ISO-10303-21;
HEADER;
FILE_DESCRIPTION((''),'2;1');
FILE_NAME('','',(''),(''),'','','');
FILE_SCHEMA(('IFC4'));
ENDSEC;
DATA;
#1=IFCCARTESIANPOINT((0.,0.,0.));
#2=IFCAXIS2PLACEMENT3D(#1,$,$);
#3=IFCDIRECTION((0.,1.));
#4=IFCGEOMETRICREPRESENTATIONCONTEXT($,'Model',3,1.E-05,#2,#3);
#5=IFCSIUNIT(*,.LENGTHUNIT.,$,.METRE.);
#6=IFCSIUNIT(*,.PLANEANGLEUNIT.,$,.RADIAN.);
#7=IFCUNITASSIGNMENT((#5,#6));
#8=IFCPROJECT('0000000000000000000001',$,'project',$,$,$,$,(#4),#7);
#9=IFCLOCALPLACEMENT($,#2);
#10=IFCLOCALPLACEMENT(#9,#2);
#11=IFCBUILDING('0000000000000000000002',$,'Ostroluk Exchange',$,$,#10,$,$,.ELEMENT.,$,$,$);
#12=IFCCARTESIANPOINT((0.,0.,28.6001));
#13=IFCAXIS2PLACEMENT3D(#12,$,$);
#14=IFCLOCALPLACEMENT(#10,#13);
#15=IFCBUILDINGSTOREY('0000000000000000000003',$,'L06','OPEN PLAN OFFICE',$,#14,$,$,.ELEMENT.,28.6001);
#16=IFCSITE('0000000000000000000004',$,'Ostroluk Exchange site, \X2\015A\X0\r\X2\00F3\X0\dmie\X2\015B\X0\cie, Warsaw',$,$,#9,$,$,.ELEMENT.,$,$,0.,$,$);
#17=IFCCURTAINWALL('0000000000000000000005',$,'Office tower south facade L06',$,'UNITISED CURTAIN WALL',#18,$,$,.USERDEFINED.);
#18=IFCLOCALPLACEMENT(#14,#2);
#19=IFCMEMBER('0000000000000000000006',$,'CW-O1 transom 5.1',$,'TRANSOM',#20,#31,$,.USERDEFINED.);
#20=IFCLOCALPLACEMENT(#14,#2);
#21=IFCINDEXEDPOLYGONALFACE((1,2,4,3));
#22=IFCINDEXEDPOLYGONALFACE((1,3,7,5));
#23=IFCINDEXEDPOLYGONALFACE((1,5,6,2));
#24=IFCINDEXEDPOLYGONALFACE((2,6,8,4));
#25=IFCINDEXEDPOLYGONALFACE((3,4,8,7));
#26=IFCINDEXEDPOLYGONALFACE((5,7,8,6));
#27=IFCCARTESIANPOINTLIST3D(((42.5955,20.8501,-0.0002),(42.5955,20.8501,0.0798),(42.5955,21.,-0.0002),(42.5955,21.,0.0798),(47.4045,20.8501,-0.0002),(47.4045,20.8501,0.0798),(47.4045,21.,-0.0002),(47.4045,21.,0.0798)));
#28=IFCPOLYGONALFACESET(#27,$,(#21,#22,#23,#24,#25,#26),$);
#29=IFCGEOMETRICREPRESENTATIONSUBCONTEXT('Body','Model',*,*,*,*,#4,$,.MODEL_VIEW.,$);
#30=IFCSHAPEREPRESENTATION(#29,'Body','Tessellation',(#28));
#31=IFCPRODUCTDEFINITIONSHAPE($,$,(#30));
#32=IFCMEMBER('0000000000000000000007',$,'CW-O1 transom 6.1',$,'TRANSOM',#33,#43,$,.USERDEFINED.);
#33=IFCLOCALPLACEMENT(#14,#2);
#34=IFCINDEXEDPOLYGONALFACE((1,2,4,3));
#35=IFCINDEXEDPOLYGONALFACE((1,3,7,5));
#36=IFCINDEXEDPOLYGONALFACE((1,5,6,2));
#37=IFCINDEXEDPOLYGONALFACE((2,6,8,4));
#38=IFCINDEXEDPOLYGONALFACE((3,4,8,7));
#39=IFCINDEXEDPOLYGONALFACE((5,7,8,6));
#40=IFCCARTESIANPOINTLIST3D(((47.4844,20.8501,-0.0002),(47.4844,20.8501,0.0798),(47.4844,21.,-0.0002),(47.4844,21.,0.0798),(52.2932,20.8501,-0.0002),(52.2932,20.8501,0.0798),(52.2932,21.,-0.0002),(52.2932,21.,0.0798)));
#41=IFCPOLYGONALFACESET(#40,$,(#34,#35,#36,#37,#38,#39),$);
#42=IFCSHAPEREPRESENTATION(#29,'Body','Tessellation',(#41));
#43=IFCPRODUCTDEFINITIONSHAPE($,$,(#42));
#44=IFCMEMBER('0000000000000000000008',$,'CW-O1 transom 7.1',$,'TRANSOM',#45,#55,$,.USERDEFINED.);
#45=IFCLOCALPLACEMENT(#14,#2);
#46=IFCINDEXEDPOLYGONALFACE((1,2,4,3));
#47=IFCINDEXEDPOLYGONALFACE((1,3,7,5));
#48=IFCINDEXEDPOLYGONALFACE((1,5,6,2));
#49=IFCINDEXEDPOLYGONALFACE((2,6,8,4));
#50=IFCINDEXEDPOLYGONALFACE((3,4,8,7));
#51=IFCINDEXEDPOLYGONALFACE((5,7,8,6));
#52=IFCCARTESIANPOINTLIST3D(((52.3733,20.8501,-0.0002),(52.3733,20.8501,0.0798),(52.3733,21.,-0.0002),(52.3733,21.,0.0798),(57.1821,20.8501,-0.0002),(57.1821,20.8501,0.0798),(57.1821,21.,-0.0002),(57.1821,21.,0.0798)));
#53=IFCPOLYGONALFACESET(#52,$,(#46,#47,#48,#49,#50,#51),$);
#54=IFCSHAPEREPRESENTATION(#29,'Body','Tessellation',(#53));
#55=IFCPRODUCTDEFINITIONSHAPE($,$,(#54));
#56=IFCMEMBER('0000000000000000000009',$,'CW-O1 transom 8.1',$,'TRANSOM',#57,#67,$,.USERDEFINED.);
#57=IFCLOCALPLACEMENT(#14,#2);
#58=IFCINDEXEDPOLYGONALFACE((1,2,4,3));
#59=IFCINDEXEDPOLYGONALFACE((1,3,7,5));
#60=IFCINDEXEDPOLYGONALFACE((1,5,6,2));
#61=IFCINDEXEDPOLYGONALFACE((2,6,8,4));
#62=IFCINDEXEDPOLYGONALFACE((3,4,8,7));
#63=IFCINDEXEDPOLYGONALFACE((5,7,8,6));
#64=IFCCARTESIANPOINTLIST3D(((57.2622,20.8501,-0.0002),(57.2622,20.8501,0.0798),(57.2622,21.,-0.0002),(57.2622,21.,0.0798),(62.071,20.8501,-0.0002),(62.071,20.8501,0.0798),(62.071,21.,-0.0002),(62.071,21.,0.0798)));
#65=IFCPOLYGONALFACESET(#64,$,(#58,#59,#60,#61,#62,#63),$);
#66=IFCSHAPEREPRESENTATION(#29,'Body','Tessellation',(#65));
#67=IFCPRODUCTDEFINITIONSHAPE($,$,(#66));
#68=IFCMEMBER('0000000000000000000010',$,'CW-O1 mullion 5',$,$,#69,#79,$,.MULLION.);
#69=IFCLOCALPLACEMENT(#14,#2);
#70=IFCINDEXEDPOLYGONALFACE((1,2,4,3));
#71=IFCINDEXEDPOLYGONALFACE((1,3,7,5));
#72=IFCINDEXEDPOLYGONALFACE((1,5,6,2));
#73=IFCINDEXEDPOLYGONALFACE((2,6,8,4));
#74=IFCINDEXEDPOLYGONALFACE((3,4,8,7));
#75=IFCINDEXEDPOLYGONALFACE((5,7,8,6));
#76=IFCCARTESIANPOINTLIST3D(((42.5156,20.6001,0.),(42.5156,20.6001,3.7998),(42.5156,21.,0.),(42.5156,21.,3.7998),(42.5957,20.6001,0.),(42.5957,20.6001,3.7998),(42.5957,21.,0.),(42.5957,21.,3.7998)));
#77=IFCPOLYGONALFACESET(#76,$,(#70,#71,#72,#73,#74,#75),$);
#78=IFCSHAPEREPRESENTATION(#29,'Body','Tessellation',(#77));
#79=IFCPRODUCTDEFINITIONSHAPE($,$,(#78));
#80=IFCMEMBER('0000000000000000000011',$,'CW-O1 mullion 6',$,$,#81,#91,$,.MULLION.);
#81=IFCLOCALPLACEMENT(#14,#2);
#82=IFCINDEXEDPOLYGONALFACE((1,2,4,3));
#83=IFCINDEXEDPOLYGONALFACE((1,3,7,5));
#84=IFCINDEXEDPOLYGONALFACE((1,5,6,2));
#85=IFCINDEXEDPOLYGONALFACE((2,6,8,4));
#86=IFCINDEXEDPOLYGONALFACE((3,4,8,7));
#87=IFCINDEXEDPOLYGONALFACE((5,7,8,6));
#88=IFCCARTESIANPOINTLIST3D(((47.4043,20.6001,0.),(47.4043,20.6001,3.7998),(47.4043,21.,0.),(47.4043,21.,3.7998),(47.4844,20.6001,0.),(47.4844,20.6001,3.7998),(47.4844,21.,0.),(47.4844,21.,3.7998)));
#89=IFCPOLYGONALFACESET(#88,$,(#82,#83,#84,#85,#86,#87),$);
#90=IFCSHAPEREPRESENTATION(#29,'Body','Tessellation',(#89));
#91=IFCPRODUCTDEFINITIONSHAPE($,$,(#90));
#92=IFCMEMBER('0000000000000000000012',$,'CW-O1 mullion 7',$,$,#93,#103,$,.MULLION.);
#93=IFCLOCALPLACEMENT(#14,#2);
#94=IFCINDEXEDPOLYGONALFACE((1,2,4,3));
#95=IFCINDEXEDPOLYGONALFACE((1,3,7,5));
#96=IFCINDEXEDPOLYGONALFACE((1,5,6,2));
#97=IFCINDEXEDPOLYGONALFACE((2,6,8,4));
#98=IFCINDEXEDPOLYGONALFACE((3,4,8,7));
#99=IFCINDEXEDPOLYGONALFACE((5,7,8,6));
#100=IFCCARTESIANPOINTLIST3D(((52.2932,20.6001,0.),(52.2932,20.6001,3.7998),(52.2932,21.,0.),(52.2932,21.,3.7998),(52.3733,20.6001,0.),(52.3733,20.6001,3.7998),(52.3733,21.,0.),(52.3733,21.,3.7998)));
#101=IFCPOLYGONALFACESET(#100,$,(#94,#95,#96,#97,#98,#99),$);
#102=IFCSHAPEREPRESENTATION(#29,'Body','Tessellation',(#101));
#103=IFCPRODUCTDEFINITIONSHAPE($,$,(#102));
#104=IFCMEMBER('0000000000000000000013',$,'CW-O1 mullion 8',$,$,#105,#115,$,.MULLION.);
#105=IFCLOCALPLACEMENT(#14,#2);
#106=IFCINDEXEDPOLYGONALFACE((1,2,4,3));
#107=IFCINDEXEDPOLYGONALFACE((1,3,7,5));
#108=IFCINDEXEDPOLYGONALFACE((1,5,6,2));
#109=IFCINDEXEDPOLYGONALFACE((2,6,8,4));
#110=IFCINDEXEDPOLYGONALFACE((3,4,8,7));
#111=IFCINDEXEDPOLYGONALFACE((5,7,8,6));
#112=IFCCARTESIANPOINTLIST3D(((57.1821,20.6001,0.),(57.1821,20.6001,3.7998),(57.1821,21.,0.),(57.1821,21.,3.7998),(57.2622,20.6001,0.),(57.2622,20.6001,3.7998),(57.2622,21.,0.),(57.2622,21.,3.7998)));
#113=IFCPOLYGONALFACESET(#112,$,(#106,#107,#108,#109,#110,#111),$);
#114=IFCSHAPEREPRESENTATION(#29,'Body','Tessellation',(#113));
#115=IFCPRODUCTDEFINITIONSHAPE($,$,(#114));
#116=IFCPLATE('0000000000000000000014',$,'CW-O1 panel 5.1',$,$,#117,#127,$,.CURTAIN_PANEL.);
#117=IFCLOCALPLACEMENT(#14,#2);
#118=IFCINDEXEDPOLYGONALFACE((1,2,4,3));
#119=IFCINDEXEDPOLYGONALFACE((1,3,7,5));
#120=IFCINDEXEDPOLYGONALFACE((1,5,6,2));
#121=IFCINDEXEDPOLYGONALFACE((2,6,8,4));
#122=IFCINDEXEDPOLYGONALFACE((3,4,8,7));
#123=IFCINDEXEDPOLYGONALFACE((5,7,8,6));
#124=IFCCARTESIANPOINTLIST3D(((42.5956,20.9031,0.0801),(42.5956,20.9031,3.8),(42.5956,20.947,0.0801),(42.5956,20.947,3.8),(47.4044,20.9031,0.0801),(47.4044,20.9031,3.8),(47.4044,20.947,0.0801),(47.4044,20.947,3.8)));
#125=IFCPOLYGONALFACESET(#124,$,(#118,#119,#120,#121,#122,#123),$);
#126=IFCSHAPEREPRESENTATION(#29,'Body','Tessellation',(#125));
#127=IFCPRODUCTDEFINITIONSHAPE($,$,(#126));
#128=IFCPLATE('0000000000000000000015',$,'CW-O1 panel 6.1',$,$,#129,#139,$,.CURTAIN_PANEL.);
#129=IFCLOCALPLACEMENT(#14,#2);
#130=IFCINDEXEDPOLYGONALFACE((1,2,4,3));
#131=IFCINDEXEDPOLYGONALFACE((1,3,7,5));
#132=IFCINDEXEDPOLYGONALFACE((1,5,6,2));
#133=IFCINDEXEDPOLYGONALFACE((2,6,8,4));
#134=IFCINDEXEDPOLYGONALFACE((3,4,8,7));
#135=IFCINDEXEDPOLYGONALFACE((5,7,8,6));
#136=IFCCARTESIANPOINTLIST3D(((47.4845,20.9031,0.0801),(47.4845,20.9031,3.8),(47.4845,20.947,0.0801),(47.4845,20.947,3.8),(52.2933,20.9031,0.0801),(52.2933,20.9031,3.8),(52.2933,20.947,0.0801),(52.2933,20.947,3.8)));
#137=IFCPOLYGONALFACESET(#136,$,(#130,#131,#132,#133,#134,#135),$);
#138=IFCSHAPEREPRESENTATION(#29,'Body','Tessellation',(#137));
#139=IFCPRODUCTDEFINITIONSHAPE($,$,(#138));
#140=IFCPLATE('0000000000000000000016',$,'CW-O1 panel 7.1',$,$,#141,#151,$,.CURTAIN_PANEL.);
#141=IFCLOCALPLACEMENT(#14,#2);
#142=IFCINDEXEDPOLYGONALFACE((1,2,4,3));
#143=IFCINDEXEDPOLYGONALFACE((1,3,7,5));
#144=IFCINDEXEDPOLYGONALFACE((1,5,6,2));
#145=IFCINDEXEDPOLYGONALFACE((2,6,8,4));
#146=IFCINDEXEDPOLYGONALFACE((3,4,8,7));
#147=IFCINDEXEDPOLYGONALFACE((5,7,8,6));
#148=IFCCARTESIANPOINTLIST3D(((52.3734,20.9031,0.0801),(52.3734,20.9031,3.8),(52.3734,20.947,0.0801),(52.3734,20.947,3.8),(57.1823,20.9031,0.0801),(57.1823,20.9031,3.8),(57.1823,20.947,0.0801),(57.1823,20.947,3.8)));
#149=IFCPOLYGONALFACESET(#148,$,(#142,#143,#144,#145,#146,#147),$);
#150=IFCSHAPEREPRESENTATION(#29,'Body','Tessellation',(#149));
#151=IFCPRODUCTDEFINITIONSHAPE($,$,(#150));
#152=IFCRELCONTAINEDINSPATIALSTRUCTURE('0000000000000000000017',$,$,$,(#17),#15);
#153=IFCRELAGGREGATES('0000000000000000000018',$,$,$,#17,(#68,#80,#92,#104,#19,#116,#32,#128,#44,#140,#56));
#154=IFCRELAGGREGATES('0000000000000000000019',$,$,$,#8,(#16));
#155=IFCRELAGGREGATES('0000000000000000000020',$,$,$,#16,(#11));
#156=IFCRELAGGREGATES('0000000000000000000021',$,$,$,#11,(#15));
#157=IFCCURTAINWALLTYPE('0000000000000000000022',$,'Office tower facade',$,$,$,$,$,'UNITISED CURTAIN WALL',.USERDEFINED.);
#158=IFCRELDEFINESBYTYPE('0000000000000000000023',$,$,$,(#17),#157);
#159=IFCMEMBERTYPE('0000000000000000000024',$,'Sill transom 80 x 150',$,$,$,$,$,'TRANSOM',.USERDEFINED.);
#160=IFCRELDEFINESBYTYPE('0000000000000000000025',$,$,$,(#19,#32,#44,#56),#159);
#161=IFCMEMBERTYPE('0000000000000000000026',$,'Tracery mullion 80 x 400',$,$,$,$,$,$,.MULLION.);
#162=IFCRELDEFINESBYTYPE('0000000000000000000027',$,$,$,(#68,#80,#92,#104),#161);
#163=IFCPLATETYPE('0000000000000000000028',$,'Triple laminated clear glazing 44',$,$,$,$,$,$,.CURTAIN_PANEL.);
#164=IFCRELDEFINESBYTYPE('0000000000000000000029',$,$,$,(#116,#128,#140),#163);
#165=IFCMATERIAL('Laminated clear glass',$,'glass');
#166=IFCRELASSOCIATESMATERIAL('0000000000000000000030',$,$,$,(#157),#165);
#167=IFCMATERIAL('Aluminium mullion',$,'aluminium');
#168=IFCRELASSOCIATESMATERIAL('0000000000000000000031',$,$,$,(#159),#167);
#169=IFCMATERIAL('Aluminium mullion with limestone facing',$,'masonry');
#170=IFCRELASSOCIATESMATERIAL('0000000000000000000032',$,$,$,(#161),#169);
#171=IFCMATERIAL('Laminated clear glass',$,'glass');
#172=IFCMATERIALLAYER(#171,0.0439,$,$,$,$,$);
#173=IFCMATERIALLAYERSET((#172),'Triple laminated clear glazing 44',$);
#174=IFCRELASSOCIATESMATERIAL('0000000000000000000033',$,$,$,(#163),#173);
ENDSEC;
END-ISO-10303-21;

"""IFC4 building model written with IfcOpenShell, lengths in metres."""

from ifc_helpers import new_model, si_unit, direction, frame, origin, origin_2d, place, context, subcontext, project, spatial, rectangle, extrude, material, layer, layer_set, material_profile, profile_set, type_object, element, aggregate, save


model = new_model("IFC4")

# Units and contexts
model_context = context("Model", 3, precision=1e-05, world=origin(), true_north=direction((0.0, 1.0)))
body_context = subcontext(model_context, "Body", "Model", "MODEL_VIEW")
ifc_project = project(units=[si_unit("LENGTHUNIT", "METRE"), si_unit("PLANEANGLEUNIT", "RADIAN")], contexts=[model_context])

# Site, building, storey
site_placement = place(None, origin())
site = spatial("IfcSite", under=ifc_project, at=site_placement, Name="Ostroluk Exchange site, Śródmieście, Warsaw", CompositionType="ELEMENT", RefElevation=0.0)
building_placement = place(site_placement, origin())
building = spatial("IfcBuilding", under=site, at=building_placement, Name="Ostroluk Exchange", CompositionType="ELEMENT")
storey_placement = place(building_placement, frame((0.0, 0.0, 28.6001)))
storey = spatial("IfcBuildingStorey", under=building, at=storey_placement, Name="L06", Description="OPEN PLAN OFFICE", CompositionType="ELEMENT", Elevation=28.6001)

# Curtain wall, members, plates
ifc_material_1 = material(Name="Laminated clear glass", Category="glass")
curtain_wall_type = type_object("IfcCurtainWallType", Name="Office tower facade", ElementType="UNITISED CURTAIN WALL", PredefinedType="USERDEFINED", material=ifc_material_1)
curtain_wall_placement = place(storey_placement, origin())
curtain_wall = element("IfcCurtainWall", 1, at=curtain_wall_placement, inside=storey, type_object=curtain_wall_type, Name="Office tower south facade L06", ObjectType="UNITISED CURTAIN WALL", PredefinedType="USERDEFINED")
ifc_material_2 = material(Name="Aluminium mullion", Category="aluminium")
ifc_material_profile_1 = material_profile(ifc_material_2, rectangle(XDim=0.1499, YDim=0.0801, at=origin_2d()), Name="Sill transom 80 x 150")
ifc_profile_set_1 = profile_set([ifc_material_profile_1], Name="Aluminium mullion")
member_type_1 = type_object("IfcMemberType", Name="Sill transom 80 x 150", ElementType="TRANSOM", PredefinedType="USERDEFINED", material=ifc_profile_set_1)
member_1_placement = place(storey_placement, frame((42.5955, 20.925, 0.0398), z_axis=(1.0, 0.0, 0.0), x_axis=(0.0, 1.0, 0.0)))
member_1 = element("IfcMember", 2, at=member_1_placement, type_object=member_type_1, Name="CW-O1 transom 5.1", ObjectType="TRANSOM", PredefinedType="USERDEFINED", context=body_context, shape_type="SweptSolid", body=[
    extrude(rectangle(XDim=0.1499, YDim=0.0801, at=origin_2d()), origin(), (0.0, 0.0, 1.0), 4.8091),
])
member_2_placement = place(storey_placement, frame((47.4844, 20.925, 0.0398), z_axis=(1.0, 0.0, 0.0), x_axis=(0.0, 1.0, 0.0)))
member_2 = element("IfcMember", 3, at=member_2_placement, type_object=member_type_1, Name="CW-O1 transom 6.1", ObjectType="TRANSOM", PredefinedType="USERDEFINED", context=body_context, shape_type="SweptSolid", body=[
    extrude(rectangle(XDim=0.1499, YDim=0.0801, at=origin_2d()), origin(), (0.0, 0.0, 1.0), 4.8088),
])
member_3_placement = place(storey_placement, frame((52.3733, 20.925, 0.0398), z_axis=(1.0, 0.0, 0.0), x_axis=(0.0, 1.0, 0.0)))
member_3 = element("IfcMember", 4, at=member_3_placement, type_object=member_type_1, Name="CW-O1 transom 7.1", ObjectType="TRANSOM", PredefinedType="USERDEFINED", context=body_context, shape_type="SweptSolid", body=[
    extrude(rectangle(XDim=0.1499, YDim=0.0801, at=origin_2d()), origin(), (0.0, 0.0, 1.0), 4.8088),
])
member_4_placement = place(storey_placement, frame((57.2622, 20.925, 0.0398), z_axis=(1.0, 0.0, 0.0), x_axis=(0.0, 1.0, 0.0)))
member_4 = element("IfcMember", 5, at=member_4_placement, type_object=member_type_1, Name="CW-O1 transom 8.1", ObjectType="TRANSOM", PredefinedType="USERDEFINED", context=body_context, shape_type="SweptSolid", body=[
    extrude(rectangle(XDim=0.1499, YDim=0.0801, at=origin_2d()), origin(), (0.0, 0.0, 1.0), 4.8088),
])
ifc_material_3 = material(Name="Aluminium mullion with limestone facing", Category="masonry")
ifc_material_profile_2 = material_profile(ifc_material_3, rectangle(XDim=0.3999, YDim=0.0801, at=origin_2d()), Name="Tracery mullion 80 x 400")
ifc_profile_set_2 = profile_set([ifc_material_profile_2], Name="Aluminium mullion with limestone facing")
member_type_2 = type_object("IfcMemberType", Name="Tracery mullion 80 x 400", PredefinedType="MULLION", material=ifc_profile_set_2)
member_5_placement = place(storey_placement, frame((42.5557, 20.8, 0.0), z_axis=(0.0, 0.0, 1.0), x_axis=(0.0, 1.0, 0.0)))
member_5 = element("IfcMember", 6, at=member_5_placement, type_object=member_type_2, Name="CW-O1 mullion 5", PredefinedType="MULLION", context=body_context, shape_type="SweptSolid", body=[
    extrude(rectangle(XDim=0.3999, YDim=0.0801, at=origin_2d()), origin(), (0.0, 0.0, 1.0), 3.7998),
])
member_6_placement = place(storey_placement, frame((47.4443, 20.8, 0.0), z_axis=(0.0, 0.0, 1.0), x_axis=(0.0, 1.0, 0.0)))
member_6 = element("IfcMember", 7, at=member_6_placement, type_object=member_type_2, Name="CW-O1 mullion 6", PredefinedType="MULLION", context=body_context, shape_type="SweptSolid", body=[
    extrude(rectangle(XDim=0.3999, YDim=0.0801, at=origin_2d()), origin(), (0.0, 0.0, 1.0), 3.7998),
])
member_7_placement = place(storey_placement, frame((52.3333, 20.8, 0.0), z_axis=(0.0, 0.0, 1.0), x_axis=(0.0, 1.0, 0.0)))
member_7 = element("IfcMember", 8, at=member_7_placement, type_object=member_type_2, Name="CW-O1 mullion 7", PredefinedType="MULLION", context=body_context, shape_type="SweptSolid", body=[
    extrude(rectangle(XDim=0.3999, YDim=0.0801, at=origin_2d()), origin(), (0.0, 0.0, 1.0), 3.7998),
])
member_8_placement = place(storey_placement, frame((57.2222, 20.8, 0.0), z_axis=(0.0, 0.0, 1.0), x_axis=(0.0, 1.0, 0.0)))
member_8 = element("IfcMember", 9, at=member_8_placement, type_object=member_type_2, Name="CW-O1 mullion 8", PredefinedType="MULLION", context=body_context, shape_type="SweptSolid", body=[
    extrude(rectangle(XDim=0.3999, YDim=0.0801, at=origin_2d()), origin(), (0.0, 0.0, 1.0), 3.7998),
])
ifc_material_4 = material(Name="Laminated clear glass", Category="glass")
ifc_layer = layer(ifc_material_4, 0.0439)
ifc_layer_set = layer_set([ifc_layer], Name="Triple laminated clear glazing 44")
plate_type = type_object("IfcPlateType", Name="Triple laminated clear glazing 44", PredefinedType="CURTAIN_PANEL", material=ifc_layer_set)
plate_1_placement = place(storey_placement, frame((45.0, 20.925, 0.0801), z_axis=(0.0, 0.0, 1.0), x_axis=(1.0, 0.0, 0.0)))
plate_1 = element("IfcPlate", 10, at=plate_1_placement, type_object=plate_type, Name="CW-O1 panel 5.1", PredefinedType="CURTAIN_PANEL", context=body_context, shape_type="SweptSolid", body=[
    extrude(rectangle(XDim=4.8088, YDim=0.0439, at=origin_2d()), origin(), (0.0, 0.0, 1.0), 3.72),
])
plate_2_placement = place(storey_placement, frame((49.8889, 20.925, 0.0801), z_axis=(0.0, 0.0, 1.0), x_axis=(1.0, 0.0, 0.0)))
plate_2 = element("IfcPlate", 11, at=plate_2_placement, type_object=plate_type, Name="CW-O1 panel 6.1", PredefinedType="CURTAIN_PANEL", context=body_context, shape_type="SweptSolid", body=[
    extrude(rectangle(XDim=4.8088, YDim=0.0439, at=origin_2d()), origin(), (0.0, 0.0, 1.0), 3.72),
])
plate_3_placement = place(storey_placement, frame((54.7778, 20.925, 0.0801), z_axis=(0.0, 0.0, 1.0), x_axis=(1.0, 0.0, 0.0)))
plate_3 = element("IfcPlate", 12, at=plate_3_placement, type_object=plate_type, Name="CW-O1 panel 7.1", PredefinedType="CURTAIN_PANEL", context=body_context, shape_type="SweptSolid", body=[
    extrude(rectangle(XDim=4.8088, YDim=0.0439, at=origin_2d()), origin(), (0.0, 0.0, 1.0), 3.72),
])
aggregate(curtain_wall, [member_5, member_6, member_7, member_8, member_1, plate_1, member_2, plate_2, member_3, plate_3, member_4])

save(model, "model.ifc")
